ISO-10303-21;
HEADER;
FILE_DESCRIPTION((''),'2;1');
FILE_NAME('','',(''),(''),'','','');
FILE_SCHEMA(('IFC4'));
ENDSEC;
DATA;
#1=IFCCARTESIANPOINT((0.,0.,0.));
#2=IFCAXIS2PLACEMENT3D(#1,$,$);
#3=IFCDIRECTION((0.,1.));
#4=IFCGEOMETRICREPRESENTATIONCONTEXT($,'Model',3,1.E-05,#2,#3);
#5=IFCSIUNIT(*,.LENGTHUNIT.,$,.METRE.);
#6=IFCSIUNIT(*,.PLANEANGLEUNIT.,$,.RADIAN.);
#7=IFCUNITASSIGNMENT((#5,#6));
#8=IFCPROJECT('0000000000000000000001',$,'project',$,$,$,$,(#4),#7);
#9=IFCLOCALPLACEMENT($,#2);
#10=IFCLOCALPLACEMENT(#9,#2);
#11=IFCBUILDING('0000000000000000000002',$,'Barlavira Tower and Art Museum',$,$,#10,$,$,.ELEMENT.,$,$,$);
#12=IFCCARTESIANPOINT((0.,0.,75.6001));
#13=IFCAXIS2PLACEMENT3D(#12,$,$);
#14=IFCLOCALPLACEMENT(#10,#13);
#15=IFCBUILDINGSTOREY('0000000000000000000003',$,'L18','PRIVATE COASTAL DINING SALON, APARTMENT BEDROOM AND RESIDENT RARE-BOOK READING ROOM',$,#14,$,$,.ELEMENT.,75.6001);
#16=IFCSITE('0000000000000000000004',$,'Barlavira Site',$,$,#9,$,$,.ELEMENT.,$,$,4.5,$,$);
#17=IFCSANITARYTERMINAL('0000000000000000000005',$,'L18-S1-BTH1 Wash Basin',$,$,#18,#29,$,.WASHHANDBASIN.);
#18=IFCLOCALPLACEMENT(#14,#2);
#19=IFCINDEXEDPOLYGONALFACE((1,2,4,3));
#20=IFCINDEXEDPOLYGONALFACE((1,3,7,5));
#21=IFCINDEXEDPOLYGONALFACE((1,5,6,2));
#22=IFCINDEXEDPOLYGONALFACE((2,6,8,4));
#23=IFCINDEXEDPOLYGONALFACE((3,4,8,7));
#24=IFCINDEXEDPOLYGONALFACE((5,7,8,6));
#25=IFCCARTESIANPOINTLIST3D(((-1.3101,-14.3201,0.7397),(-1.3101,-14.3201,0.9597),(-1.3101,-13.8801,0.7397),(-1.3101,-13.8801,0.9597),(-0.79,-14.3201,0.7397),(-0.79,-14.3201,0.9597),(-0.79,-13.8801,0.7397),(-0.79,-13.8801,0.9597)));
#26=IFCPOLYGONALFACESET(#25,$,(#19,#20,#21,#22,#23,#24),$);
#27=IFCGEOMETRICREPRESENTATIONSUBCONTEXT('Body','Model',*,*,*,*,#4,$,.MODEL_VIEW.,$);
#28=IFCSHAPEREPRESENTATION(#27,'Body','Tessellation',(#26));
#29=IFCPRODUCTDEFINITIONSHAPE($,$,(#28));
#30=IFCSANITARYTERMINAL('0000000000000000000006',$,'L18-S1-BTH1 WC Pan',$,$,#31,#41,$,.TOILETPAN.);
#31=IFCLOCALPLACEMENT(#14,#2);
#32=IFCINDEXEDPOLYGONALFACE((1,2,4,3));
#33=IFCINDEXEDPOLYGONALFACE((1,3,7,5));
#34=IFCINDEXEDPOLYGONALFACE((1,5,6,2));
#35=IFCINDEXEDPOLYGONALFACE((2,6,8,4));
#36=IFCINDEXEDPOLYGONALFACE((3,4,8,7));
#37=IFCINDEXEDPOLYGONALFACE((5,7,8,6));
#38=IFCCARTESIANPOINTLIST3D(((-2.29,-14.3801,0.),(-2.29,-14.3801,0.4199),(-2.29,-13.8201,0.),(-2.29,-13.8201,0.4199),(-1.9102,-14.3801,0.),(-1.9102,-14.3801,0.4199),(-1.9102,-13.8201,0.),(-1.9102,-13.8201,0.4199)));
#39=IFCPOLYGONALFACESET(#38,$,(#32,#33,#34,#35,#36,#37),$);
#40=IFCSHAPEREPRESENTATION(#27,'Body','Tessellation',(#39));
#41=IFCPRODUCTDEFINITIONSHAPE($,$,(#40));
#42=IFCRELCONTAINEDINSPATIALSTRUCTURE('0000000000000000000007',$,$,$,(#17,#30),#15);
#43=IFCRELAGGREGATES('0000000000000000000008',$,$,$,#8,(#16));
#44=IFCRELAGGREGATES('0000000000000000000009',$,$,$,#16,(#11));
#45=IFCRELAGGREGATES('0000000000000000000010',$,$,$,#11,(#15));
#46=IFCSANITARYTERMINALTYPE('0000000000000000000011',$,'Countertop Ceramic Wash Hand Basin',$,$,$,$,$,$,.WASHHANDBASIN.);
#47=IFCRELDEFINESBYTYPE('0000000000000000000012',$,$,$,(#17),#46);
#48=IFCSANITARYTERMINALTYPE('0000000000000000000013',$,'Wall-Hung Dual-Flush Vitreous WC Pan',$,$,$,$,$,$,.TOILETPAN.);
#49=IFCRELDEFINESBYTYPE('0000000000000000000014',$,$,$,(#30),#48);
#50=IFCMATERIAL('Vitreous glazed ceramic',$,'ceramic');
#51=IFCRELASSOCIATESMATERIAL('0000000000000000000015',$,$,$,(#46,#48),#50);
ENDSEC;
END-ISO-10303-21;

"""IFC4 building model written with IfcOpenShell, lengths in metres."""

from ifc_helpers import new_model, si_unit, direction, frame, origin, origin_2d, place, context, subcontext, project, spatial, rectangle, extrude, material, type_object, element, save


model = new_model("IFC4")

# Units and contexts
model_context = context("Model", 3, precision=1e-05, world=origin(), true_north=direction((0.0, 1.0)))
body_context = subcontext(model_context, "Body", "Model", "MODEL_VIEW")
ifc_project = project(units=[si_unit("LENGTHUNIT", "METRE"), si_unit("PLANEANGLEUNIT", "RADIAN")], contexts=[model_context])

# Site, building, storey
site_placement = place(None, origin())
site = spatial("IfcSite", under=ifc_project, at=site_placement, Name="Barlavira Site", CompositionType="ELEMENT", RefElevation=4.5)
building_placement = place(site_placement, origin())
building = spatial("IfcBuilding", under=site, at=building_placement, Name="Barlavira Tower and Art Museum", CompositionType="ELEMENT")
storey_placement = place(building_placement, frame((0.0, 0.0, 75.6001)))
storey = spatial("IfcBuildingStorey", under=building, at=storey_placement, Name="L18", Description="PRIVATE COASTAL DINING SALON, APARTMENT BEDROOM AND RESIDENT RARE-BOOK READING ROOM", CompositionType="ELEMENT", Elevation=75.6001)

# Sanitary terminals
ifc_material_1 = material(Name="Vitreous glazed ceramic", Category="ceramic")
sanitary_terminal_type_1 = type_object("IfcSanitaryTerminalType", Name="Countertop Ceramic Wash Hand Basin", PredefinedType="WASHHANDBASIN", material=ifc_material_1)
sanitary_terminal_1_placement = place(storey_placement, frame((-1.05, -14.1001, 0.7397), z_axis=(0.0, 0.0, 1.0), x_axis=(1.0, 0.0, 0.0)))
element("IfcSanitaryTerminal", 1, at=sanitary_terminal_1_placement, inside=storey, type_object=sanitary_terminal_type_1, Name="L18-S1-BTH1 Wash Basin", PredefinedType="WASHHANDBASIN", context=body_context, shape_type="SweptSolid", body=[
    extrude(rectangle(XDim=0.52, YDim=0.4399, at=origin_2d()), origin(), (0.0, 0.0, 1.0), 0.22),
])
sanitary_terminal_type_2 = type_object("IfcSanitaryTerminalType", Name="Wall-Hung Dual-Flush Vitreous WC Pan", PredefinedType="TOILETPAN", material=ifc_material_1)
sanitary_terminal_2_placement = place(storey_placement, frame((-2.1001, -14.1001, 0.0), z_axis=(0.0, 0.0, 1.0), x_axis=(1.0, 0.0, 0.0)))
element("IfcSanitaryTerminal", 2, at=sanitary_terminal_2_placement, inside=storey, type_object=sanitary_terminal_type_2, Name="L18-S1-BTH1 WC Pan", PredefinedType="TOILETPAN", context=body_context, shape_type="SweptSolid", body=[
    extrude(rectangle(XDim=0.3799, YDim=0.5601, at=origin_2d()), origin(), (0.0, 0.0, 1.0), 0.4199),
])

save(model, "model.ifc")
